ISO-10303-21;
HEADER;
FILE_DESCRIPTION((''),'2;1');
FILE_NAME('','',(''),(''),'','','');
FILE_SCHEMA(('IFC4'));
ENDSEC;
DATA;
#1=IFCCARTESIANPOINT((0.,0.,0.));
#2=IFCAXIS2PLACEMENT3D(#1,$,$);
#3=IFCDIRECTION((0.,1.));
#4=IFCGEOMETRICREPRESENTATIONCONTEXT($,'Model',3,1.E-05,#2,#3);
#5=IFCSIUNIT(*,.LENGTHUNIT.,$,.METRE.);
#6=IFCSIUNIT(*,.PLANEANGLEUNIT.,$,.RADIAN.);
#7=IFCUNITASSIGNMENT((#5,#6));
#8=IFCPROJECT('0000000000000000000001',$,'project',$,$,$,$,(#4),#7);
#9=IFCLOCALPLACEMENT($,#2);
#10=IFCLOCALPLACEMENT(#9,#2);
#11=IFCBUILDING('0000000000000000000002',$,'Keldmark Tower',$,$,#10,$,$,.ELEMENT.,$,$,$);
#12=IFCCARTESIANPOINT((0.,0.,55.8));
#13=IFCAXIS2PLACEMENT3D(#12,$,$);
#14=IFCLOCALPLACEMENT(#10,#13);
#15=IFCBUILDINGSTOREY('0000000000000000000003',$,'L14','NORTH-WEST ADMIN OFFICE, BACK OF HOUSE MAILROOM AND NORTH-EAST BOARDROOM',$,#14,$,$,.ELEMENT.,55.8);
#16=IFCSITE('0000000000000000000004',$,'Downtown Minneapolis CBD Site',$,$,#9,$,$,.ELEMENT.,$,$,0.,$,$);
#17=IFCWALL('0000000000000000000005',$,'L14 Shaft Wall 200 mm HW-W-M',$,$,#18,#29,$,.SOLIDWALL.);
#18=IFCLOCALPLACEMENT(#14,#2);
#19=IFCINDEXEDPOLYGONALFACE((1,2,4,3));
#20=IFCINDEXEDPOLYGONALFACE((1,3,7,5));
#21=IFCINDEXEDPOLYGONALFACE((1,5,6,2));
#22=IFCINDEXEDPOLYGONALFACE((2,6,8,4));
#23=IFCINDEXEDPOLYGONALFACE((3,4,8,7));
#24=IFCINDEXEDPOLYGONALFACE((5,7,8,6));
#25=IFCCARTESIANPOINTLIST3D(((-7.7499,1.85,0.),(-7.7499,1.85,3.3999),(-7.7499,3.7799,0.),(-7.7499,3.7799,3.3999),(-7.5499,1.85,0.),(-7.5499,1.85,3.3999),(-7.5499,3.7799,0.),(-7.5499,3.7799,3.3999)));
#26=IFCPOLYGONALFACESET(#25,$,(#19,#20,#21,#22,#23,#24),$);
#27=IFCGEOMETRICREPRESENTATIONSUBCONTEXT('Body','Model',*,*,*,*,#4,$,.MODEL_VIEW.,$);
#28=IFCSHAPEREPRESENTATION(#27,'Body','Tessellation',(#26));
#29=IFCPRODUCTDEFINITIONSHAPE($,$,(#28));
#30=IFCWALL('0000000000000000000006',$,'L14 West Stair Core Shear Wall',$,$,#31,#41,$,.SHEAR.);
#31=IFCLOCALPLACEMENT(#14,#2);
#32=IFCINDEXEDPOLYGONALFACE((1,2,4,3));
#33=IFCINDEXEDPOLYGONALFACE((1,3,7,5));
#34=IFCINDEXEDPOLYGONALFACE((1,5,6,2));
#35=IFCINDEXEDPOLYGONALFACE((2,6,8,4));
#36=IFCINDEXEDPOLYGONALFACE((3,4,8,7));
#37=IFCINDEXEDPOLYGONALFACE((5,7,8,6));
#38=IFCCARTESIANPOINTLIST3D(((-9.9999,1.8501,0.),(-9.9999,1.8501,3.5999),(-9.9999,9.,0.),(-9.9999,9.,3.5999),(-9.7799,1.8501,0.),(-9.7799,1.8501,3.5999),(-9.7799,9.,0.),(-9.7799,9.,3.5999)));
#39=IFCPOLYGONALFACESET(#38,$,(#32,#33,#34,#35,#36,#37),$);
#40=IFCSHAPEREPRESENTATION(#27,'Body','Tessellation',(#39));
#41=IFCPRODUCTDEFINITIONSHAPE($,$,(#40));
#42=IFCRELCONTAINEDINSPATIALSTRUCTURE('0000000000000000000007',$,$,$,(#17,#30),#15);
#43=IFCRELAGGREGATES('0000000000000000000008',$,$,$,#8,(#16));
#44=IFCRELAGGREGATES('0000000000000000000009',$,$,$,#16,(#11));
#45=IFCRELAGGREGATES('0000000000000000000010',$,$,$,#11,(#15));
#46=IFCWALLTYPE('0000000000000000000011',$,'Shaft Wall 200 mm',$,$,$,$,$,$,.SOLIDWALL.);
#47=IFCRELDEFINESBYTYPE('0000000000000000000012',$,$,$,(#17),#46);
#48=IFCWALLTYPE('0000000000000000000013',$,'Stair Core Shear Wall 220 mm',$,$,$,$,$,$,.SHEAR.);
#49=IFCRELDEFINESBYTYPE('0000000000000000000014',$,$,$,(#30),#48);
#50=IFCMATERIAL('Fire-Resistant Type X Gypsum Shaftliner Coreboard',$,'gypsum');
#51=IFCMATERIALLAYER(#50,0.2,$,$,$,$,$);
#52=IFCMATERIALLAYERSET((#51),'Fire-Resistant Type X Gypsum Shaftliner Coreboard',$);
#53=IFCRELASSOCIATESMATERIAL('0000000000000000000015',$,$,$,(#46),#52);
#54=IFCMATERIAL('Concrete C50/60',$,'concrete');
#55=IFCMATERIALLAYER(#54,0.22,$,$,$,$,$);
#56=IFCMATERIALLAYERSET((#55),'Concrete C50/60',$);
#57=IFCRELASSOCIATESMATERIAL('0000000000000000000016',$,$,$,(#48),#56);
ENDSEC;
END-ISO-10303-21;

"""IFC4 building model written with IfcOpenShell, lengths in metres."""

from ifc_helpers import new_model, si_unit, direction, frame, frame_2d, origin, place, context, subcontext, project, spatial, rectangle, extrude, material, layer, layer_set, type_object, element, save


model = new_model("IFC4")

# Units and contexts
model_context = context("Model", 3, precision=1e-05, world=origin(), true_north=direction((0.0, 1.0)))
body_context = subcontext(model_context, "Body", "Model", "MODEL_VIEW")
ifc_project = project(units=[si_unit("LENGTHUNIT", "METRE"), si_unit("PLANEANGLEUNIT", "RADIAN")], contexts=[model_context])

# Site, building, storey
site_placement = place(None, origin())
site = spatial("IfcSite", under=ifc_project, at=site_placement, Name="Downtown Minneapolis CBD Site", CompositionType="ELEMENT", RefElevation=0.0)
building_placement = place(site_placement, origin())
building = spatial("IfcBuilding", under=site, at=building_placement, Name="Keldmark Tower", CompositionType="ELEMENT")
storey_placement = place(building_placement, frame((0.0, 0.0, 55.8)))
storey = spatial("IfcBuildingStorey", under=building, at=storey_placement, Name="L14", Description="NORTH-WEST ADMIN OFFICE, BACK OF HOUSE MAILROOM AND NORTH-EAST BOARDROOM", CompositionType="ELEMENT", Elevation=55.8)

# Walls
ifc_material_1 = material(Name="Fire-Resistant Type X Gypsum Shaftliner Coreboard", Category="gypsum")
ifc_layer_1 = layer(ifc_material_1, 0.2)
ifc_layer_set_1 = layer_set([ifc_layer_1], Name="Fire-Resistant Type X Gypsum Shaftliner Coreboard")
wall_type_1 = type_object("IfcWallType", Name="Shaft Wall 200 mm", PredefinedType="SOLIDWALL", material=ifc_layer_set_1)
wall_1_placement = place(storey_placement, frame((-7.6499, 1.8501, 0.0), z_axis=(0.0, 0.0, 1.0), x_axis=(0.0, 1.0, 0.0)))
element("IfcWall", 1, at=wall_1_placement, inside=storey, type_object=wall_type_1, Name="L14 Shaft Wall 200 mm HW-W-M", PredefinedType="SOLIDWALL", context=body_context, shape_type="SweptSolid", body=[
    extrude(rectangle(XDim=1.9299, YDim=0.2, at=frame_2d((0.9648, 0.0))), origin(), (0.0, 0.0, 1.0), 3.3999),
])
ifc_material_2 = material(Name="Concrete C50/60", Category="concrete")
ifc_layer_2 = layer(ifc_material_2, 0.22)
ifc_layer_set_2 = layer_set([ifc_layer_2], Name="Concrete C50/60")
wall_type_2 = type_object("IfcWallType", Name="Stair Core Shear Wall 220 mm", PredefinedType="SHEAR", material=ifc_layer_set_2)
wall_2_placement = place(storey_placement, frame((-9.8899, 1.8501, 0.0), z_axis=(0.0, 0.0, 1.0), x_axis=(0.0, 1.0, 0.0)))
element("IfcWall", 2, at=wall_2_placement, inside=storey, type_object=wall_type_2, Name="L14 West Stair Core Shear Wall", PredefinedType="SHEAR", context=body_context, shape_type="SweptSolid", body=[
    extrude(rectangle(XDim=7.1499, YDim=0.22, at=frame_2d((3.575, 0.0))), origin(), (0.0, 0.0, 1.0), 3.5999),
])

save(model, "model.ifc")
